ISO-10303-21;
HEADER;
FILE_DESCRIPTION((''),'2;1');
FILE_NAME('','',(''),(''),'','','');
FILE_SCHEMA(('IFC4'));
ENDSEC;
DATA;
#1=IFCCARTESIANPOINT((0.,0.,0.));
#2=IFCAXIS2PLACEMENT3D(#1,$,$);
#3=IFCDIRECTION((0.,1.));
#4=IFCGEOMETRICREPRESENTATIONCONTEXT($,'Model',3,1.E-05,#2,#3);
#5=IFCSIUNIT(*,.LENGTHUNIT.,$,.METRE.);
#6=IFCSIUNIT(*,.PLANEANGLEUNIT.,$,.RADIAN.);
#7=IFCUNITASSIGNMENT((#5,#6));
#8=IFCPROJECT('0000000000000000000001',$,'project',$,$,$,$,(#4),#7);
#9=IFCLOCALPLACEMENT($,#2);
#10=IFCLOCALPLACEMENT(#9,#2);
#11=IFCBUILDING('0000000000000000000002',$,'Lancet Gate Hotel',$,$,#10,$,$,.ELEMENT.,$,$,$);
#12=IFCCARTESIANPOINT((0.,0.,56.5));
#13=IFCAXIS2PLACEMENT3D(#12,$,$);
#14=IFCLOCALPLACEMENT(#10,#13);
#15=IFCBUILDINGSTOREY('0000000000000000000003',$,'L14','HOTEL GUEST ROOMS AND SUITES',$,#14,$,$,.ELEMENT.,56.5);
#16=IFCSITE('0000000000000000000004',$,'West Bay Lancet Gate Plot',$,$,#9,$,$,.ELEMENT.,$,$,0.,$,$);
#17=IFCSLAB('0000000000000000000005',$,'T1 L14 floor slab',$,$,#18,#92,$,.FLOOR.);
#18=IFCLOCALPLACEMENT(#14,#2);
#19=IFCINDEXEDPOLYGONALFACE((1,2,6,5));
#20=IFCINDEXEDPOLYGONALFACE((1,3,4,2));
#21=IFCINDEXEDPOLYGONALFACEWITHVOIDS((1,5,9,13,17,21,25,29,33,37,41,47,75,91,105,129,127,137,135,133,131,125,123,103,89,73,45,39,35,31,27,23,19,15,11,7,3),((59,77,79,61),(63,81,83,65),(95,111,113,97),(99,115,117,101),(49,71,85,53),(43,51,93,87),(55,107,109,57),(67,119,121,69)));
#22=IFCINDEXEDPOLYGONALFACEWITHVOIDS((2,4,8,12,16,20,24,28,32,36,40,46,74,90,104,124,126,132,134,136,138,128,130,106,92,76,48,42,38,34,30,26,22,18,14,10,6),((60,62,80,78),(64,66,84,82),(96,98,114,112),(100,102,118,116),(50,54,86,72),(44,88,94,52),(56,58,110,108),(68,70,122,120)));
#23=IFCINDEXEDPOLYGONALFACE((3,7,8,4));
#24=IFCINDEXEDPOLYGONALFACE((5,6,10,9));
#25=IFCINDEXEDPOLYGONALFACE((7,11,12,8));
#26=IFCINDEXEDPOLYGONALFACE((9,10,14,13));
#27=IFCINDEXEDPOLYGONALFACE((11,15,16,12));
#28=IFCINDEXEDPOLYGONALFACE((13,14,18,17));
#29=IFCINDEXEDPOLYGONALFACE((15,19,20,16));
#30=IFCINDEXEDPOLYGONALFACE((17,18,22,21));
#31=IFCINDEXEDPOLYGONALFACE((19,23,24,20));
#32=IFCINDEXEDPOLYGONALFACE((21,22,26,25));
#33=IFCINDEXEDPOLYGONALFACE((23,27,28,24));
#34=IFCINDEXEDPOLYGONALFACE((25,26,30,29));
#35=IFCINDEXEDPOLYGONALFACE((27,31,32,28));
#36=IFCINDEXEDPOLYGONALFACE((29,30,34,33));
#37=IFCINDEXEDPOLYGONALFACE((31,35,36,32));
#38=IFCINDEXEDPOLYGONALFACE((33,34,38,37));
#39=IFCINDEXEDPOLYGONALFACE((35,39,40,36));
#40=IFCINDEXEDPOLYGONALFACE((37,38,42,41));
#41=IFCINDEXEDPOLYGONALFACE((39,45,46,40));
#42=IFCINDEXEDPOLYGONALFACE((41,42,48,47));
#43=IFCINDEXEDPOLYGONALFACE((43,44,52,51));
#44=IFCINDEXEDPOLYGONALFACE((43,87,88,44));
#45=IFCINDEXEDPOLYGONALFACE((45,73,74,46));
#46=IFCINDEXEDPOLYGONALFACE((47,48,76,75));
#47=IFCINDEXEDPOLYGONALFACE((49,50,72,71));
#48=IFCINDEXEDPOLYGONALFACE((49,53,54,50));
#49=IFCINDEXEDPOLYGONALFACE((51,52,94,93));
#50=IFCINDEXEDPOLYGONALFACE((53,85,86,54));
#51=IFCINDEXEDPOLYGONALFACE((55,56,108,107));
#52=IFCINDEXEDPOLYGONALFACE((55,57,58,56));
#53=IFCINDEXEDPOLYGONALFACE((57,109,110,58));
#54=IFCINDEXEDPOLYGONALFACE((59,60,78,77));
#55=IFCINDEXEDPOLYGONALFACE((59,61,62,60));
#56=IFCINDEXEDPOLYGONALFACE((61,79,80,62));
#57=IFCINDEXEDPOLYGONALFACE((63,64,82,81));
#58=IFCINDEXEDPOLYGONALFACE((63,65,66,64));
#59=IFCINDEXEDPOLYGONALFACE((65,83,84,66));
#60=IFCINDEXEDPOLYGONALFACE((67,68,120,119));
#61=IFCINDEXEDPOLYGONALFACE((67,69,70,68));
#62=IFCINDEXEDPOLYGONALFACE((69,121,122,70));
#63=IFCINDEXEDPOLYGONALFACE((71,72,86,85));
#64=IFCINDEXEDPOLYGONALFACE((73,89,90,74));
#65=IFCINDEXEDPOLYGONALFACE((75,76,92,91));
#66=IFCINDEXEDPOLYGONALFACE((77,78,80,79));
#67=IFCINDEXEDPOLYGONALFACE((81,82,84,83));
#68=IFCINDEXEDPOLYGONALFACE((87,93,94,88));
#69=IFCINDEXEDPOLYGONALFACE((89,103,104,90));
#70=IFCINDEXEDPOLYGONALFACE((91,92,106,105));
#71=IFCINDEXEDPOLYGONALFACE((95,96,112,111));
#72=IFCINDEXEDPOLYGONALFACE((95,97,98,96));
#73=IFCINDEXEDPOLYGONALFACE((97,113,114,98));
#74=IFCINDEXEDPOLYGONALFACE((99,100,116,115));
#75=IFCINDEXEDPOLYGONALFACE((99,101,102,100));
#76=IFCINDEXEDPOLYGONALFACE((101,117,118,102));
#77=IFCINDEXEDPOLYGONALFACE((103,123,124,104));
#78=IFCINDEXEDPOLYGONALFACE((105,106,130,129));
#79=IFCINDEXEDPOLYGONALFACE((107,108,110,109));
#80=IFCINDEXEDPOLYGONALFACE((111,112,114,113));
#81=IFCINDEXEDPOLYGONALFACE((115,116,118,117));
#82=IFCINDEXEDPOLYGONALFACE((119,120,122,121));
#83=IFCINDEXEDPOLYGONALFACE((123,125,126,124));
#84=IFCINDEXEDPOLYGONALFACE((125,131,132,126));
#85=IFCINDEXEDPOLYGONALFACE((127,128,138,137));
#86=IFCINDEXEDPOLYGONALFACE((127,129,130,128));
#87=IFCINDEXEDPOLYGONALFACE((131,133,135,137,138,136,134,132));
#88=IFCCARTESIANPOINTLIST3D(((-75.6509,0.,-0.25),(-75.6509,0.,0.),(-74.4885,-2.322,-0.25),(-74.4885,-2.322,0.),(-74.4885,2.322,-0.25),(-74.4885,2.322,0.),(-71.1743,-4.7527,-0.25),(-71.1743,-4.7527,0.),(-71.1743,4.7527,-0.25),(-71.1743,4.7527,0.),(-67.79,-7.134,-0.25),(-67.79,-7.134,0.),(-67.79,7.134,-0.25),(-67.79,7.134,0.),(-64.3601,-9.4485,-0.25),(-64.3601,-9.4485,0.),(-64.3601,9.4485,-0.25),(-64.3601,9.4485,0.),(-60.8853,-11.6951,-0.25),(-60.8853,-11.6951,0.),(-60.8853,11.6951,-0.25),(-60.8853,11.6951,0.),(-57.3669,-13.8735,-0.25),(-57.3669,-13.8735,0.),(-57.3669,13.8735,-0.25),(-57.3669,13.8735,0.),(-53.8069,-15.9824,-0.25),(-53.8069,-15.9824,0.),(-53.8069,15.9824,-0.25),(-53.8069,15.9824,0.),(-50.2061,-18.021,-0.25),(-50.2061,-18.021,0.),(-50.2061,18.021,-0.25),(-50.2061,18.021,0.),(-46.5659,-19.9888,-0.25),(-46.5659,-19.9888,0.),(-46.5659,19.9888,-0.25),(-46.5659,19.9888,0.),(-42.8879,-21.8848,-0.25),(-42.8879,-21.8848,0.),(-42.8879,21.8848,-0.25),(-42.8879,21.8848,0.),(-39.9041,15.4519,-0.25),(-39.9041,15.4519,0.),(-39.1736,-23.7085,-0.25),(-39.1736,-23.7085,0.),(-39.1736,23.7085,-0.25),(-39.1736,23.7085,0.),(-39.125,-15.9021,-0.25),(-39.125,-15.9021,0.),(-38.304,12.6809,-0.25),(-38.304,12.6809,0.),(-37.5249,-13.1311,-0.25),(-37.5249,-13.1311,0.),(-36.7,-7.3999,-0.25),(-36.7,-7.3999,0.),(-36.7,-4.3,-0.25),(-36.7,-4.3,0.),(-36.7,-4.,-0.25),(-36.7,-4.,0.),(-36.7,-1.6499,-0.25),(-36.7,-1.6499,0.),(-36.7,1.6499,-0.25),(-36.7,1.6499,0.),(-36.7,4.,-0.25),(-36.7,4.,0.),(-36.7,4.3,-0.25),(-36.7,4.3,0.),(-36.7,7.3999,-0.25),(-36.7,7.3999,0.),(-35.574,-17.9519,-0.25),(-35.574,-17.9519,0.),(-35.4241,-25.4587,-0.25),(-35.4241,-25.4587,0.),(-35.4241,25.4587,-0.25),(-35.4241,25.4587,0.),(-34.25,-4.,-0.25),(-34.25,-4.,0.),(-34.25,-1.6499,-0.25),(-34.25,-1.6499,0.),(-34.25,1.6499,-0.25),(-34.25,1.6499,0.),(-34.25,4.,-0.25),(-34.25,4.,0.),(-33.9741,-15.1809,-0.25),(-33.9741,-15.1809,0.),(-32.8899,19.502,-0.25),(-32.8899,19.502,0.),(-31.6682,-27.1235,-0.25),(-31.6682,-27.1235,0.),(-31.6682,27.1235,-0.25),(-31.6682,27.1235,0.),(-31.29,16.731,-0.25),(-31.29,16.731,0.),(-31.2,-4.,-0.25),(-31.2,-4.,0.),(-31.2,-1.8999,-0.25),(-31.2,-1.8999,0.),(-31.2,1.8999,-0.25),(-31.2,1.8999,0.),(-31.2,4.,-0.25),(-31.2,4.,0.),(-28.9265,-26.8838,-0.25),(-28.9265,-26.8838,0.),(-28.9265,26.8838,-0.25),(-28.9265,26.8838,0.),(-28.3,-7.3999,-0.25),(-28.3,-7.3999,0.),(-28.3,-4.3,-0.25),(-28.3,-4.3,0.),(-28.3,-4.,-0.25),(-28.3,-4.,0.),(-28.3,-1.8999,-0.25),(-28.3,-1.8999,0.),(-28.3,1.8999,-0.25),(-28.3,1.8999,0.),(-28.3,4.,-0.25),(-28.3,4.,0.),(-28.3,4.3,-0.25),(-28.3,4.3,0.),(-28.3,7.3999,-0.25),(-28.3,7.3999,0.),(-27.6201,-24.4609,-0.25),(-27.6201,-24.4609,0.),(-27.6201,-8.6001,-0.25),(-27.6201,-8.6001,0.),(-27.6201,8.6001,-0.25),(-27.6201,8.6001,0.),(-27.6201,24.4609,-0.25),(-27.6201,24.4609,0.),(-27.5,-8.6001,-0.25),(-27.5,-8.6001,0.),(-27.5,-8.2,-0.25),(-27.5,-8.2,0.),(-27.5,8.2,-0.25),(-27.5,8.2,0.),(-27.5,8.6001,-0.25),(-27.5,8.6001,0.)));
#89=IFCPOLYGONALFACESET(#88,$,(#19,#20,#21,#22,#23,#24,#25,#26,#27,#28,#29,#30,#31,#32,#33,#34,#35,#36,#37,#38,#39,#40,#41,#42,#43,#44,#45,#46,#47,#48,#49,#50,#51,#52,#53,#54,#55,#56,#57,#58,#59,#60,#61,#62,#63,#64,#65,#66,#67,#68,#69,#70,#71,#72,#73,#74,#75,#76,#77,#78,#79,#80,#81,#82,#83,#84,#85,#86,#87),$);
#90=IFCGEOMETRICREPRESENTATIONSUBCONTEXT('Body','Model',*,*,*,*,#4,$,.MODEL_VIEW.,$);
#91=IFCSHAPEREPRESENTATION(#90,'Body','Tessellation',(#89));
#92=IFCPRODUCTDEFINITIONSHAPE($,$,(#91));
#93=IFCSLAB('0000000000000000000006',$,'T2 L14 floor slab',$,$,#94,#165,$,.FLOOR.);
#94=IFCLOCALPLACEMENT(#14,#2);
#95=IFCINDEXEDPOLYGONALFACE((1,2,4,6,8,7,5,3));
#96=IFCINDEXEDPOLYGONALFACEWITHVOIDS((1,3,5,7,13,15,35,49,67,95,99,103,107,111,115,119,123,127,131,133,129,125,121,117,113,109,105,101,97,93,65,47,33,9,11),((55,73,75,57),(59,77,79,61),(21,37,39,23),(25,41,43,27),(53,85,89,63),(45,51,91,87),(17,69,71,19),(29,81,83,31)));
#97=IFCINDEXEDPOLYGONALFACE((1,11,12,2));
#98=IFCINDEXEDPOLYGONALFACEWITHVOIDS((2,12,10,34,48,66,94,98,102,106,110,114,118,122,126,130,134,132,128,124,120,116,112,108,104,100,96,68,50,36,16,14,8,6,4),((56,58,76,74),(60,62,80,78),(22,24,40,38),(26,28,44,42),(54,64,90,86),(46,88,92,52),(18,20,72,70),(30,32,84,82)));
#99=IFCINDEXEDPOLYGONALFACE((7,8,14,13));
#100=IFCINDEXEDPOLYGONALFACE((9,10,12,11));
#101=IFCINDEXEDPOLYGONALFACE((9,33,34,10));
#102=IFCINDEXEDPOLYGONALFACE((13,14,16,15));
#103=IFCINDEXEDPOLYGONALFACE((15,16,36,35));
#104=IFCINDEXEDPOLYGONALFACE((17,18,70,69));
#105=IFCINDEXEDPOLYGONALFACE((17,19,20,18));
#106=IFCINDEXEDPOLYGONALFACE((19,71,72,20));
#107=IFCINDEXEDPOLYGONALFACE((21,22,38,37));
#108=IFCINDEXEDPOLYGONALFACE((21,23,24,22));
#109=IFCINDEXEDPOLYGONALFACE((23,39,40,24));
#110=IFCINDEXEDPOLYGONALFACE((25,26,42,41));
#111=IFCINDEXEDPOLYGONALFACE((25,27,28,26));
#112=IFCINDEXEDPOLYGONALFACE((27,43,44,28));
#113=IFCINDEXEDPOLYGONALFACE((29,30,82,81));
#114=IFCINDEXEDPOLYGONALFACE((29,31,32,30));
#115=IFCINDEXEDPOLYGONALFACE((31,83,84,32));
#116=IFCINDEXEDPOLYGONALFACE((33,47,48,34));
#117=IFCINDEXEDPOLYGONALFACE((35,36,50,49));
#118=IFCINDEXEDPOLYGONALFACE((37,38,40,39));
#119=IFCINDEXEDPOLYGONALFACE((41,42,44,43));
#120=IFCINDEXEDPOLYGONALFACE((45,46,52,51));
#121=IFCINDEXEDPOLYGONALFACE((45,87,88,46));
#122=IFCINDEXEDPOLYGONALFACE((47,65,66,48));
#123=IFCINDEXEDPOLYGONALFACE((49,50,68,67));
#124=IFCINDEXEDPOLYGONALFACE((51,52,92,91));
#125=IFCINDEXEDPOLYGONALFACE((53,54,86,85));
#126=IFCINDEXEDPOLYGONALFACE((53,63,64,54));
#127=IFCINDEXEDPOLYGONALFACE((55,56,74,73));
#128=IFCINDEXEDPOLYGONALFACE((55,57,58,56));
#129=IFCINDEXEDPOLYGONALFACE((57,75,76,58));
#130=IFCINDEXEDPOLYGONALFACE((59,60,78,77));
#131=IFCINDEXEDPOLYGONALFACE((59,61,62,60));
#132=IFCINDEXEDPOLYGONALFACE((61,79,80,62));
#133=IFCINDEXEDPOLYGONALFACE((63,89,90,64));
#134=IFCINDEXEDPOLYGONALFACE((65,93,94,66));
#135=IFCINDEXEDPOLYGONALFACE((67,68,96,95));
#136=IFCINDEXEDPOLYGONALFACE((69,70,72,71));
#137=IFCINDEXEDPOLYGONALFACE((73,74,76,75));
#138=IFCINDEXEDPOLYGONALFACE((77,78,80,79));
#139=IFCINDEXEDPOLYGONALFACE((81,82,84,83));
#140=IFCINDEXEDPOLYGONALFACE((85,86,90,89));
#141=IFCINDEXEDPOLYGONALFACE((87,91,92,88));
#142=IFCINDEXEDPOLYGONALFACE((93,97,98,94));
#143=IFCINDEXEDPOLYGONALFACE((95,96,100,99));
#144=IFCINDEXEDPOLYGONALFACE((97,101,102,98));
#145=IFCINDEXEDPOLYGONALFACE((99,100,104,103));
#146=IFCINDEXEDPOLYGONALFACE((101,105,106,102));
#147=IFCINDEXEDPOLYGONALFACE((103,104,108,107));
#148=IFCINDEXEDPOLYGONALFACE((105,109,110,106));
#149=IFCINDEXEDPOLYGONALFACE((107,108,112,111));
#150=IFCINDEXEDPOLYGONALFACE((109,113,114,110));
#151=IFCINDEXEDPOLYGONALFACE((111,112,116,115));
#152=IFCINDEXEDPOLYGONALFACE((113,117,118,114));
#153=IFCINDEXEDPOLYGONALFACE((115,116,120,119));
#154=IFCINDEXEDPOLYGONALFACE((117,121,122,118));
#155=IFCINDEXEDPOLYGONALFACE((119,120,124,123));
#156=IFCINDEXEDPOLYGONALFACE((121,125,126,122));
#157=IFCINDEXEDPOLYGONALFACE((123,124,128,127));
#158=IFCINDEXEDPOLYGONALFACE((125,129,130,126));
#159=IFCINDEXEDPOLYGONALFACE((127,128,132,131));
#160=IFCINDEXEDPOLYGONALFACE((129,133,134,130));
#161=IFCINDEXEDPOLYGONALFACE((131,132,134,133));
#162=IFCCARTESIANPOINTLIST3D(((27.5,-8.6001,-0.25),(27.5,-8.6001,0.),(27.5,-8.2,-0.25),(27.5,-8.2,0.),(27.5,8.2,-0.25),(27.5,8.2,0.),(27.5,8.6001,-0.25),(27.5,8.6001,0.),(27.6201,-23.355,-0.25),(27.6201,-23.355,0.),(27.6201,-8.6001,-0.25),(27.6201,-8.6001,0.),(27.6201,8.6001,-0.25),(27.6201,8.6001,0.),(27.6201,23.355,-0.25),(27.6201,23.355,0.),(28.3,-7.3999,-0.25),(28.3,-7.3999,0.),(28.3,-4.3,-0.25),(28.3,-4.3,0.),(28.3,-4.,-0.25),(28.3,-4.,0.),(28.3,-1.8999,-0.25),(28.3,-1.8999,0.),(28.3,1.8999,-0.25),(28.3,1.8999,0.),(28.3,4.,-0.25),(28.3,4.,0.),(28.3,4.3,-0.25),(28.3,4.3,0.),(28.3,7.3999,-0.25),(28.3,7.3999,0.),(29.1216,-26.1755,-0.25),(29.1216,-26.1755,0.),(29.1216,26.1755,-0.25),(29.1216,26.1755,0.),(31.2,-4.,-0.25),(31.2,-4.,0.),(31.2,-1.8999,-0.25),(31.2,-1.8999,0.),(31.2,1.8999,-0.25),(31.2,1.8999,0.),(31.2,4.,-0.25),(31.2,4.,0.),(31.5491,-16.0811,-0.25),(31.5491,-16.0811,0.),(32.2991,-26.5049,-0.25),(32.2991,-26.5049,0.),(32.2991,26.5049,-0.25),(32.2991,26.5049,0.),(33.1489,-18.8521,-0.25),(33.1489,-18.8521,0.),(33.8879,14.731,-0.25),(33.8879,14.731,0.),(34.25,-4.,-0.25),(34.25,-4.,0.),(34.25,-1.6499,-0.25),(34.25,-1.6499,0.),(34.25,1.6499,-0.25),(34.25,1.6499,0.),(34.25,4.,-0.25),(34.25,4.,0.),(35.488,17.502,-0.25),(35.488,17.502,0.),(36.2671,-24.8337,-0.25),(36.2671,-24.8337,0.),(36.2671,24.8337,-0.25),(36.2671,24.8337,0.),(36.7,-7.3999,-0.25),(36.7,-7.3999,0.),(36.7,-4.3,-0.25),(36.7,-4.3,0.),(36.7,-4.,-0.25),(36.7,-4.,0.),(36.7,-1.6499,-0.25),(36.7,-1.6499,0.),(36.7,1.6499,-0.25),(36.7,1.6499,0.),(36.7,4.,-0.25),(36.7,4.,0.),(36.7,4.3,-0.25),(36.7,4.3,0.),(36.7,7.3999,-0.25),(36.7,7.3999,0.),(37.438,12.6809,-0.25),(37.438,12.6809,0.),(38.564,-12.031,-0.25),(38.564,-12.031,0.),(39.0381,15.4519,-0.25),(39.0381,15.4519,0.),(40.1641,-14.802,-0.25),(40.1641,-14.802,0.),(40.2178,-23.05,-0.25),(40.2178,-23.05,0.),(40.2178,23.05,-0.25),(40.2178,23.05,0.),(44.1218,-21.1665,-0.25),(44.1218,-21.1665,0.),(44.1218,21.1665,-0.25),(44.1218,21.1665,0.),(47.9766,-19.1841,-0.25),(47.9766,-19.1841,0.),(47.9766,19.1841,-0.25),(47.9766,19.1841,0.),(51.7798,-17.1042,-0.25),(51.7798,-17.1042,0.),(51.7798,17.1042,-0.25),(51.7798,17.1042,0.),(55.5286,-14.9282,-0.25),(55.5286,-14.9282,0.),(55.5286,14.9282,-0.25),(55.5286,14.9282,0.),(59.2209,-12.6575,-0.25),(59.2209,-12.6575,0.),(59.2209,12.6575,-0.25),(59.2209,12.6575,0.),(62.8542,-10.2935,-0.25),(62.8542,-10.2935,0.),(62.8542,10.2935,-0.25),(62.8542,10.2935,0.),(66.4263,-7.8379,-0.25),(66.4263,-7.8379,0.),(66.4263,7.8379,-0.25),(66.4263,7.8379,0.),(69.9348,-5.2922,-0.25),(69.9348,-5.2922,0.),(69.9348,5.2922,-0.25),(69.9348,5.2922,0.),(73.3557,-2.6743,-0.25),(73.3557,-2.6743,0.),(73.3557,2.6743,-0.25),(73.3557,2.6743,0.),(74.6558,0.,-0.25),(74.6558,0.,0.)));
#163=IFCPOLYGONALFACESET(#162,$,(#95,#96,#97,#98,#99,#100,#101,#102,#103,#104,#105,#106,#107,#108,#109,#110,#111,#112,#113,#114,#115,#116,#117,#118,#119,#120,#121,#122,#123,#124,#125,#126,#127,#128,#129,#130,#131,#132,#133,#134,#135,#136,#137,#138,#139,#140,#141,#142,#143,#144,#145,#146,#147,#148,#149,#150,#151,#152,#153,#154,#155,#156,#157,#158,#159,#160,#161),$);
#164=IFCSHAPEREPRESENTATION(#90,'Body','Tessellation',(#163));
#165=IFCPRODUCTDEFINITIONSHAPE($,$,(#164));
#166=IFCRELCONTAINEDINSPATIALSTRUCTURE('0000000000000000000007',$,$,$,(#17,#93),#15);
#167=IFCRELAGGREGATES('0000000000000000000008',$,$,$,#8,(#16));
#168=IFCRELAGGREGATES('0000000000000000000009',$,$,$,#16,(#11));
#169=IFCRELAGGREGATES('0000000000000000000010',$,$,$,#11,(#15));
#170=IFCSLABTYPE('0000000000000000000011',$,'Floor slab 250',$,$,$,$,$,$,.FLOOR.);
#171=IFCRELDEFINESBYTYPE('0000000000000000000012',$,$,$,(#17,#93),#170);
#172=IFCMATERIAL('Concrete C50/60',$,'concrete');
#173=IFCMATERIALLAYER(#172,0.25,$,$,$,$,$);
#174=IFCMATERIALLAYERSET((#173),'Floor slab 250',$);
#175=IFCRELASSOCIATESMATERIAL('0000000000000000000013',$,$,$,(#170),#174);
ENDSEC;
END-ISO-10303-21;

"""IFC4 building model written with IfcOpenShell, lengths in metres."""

from ifc_helpers import new_model, si_unit, direction, frame, origin, place, context, subcontext, project, spatial, polyline, outline, extrude, material, layer, layer_set, type_object, element, save


model = new_model("IFC4")

# Units and contexts
model_context = context("Model", 3, precision=1e-05, world=origin(), true_north=direction((0.0, 1.0)))
body_context = subcontext(model_context, "Body", "Model", "MODEL_VIEW")
ifc_project = project(units=[si_unit("LENGTHUNIT", "METRE"), si_unit("PLANEANGLEUNIT", "RADIAN")], contexts=[model_context])

# Site, building, storey
site_placement = place(None, origin())
site = spatial("IfcSite", under=ifc_project, at=site_placement, Name="West Bay Lancet Gate Plot", CompositionType="ELEMENT", RefElevation=0.0)
building_placement = place(site_placement, origin())
building = spatial("IfcBuilding", under=site, at=building_placement, Name="Lancet Gate Hotel", CompositionType="ELEMENT")
storey_placement = place(building_placement, frame((0.0, 0.0, 56.5)))
storey = spatial("IfcBuildingStorey", under=building, at=storey_placement, Name="L14", Description="HOTEL GUEST ROOMS AND SUITES", CompositionType="ELEMENT", Elevation=56.5)

# Slabs
ifc_material_1 = material(Name="Concrete C50/60", Category="concrete")
ifc_layer_1 = layer(ifc_material_1, 0.25)
ifc_layer_set_1 = layer_set([ifc_layer_1], Name="Floor slab 250")
slab_type_1 = type_object("IfcSlabType", Name="Floor slab 250", PredefinedType="FLOOR", material=ifc_layer_set_1)
slab_1_placement = place(storey_placement, frame((0.0, 0.0, -0.25)))
element("IfcSlab", 1, at=slab_1_placement, inside=storey, type_object=slab_type_1, Name="T1 L14 floor slab", PredefinedType="FLOOR", context=body_context, shape_type="SweptSolid", body=[
    extrude(outline(polyline([(-27.5, 8.6001), (-27.6201, 8.6001), (-27.6201, 24.4609), (-28.9265, 26.8838), (-31.6682, 27.1235), (-35.4241, 25.4587), (-39.1736, 23.7085), (-42.8879, 21.8848), (-46.5659, 19.9888), (-50.2061, 18.021), (-53.8069, 15.9824), (-57.3669, 13.8735), (-60.8853, 11.6951), (-64.3601, 9.4485), (-67.79, 7.134), (-71.1743, 4.7527), (-74.4885, 2.322), (-75.6509, 0.0), (-74.4885, -2.322), (-71.1743, -4.7527), (-67.79, -7.134), (-64.3601, -9.4485), (-60.8853, -11.6951), (-57.3669, -13.8735), (-53.8069, -15.9824), (-50.2061, -18.021), (-46.5659, -19.9888), (-42.8879, -21.8848), (-39.1736, -23.7085), (-35.4241, -25.4587), (-31.6682, -27.1235), (-28.9265, -26.8838), (-27.6201, -24.4609), (-27.6201, -8.6001), (-27.5, -8.6001), (-27.5, -8.2), (-27.5, 8.2), (-27.5, 8.6001)]), holes=[polyline([(-36.7, 7.3999), (-36.7, 4.3), (-28.3, 4.3), (-28.3, 7.3999), (-36.7, 7.3999)]), polyline([(-28.3, 4.0), (-31.2, 4.0), (-31.2, 1.8999), (-28.3, 1.8999), (-28.3, 4.0)]), polyline([(-34.25, 4.0), (-36.7, 4.0), (-36.7, 1.6499), (-34.25, 1.6499), (-34.25, 4.0)]), polyline([(-36.7, -1.6499), (-36.7, -4.0), (-34.25, -4.0), (-34.25, -1.6499), (-36.7, -1.6499)]), polyline([(-28.3, -1.8999), (-31.2, -1.8999), (-31.2, -4.0), (-28.3, -4.0), (-28.3, -1.8999)]), polyline([(-28.3, -4.3), (-36.7, -4.3), (-36.7, -7.3999), (-28.3, -7.3999), (-28.3, -4.3)]), polyline([(-31.29, 16.731), (-32.8899, 19.502), (-39.9041, 15.4519), (-38.304, 12.6809), (-31.29, 16.731)]), polyline([(-33.9741, -15.1809), (-37.5249, -13.1311), (-39.125, -15.9021), (-35.574, -17.9519), (-33.9741, -15.1809)])]), origin(), (0.0, 0.0, 1.0), 0.25),
])
slab_2_placement = place(storey_placement, frame((0.0, 0.0, -0.25)))
element("IfcSlab", 2, at=slab_2_placement, inside=storey, type_object=slab_type_1, Name="T2 L14 floor slab", PredefinedType="FLOOR", context=body_context, shape_type="SweptSolid", body=[
    extrude(outline(polyline([(27.5, -8.6001), (27.6201, -8.6001), (27.6201, -23.355), (29.1216, -26.1755), (32.2991, -26.5049), (36.2671, -24.8337), (40.2178, -23.05), (44.1218, -21.1665), (47.9766, -19.1841), (51.7798, -17.1042), (55.5286, -14.9282), (59.2209, -12.6575), (62.8542, -10.2935), (66.4263, -7.8379), (69.9348, -5.2922), (73.3557, -2.6743), (74.6558, 0.0), (73.3557, 2.6743), (69.9348, 5.2922), (66.4263, 7.8379), (62.8542, 10.2935), (59.2209, 12.6575), (55.5286, 14.9282), (51.7798, 17.1042), (47.9766, 19.1841), (44.1218, 21.1665), (40.2178, 23.05), (36.2671, 24.8337), (32.2991, 26.5049), (29.1216, 26.1755), (27.6201, 23.355), (27.6201, 8.6001), (27.5, 8.6001), (27.5, 8.2), (27.5, -8.2), (27.5, -8.6001)]), holes=[polyline([(36.7, -7.3999), (36.7, -4.3), (28.3, -4.3), (28.3, -7.3999), (36.7, -7.3999)]), polyline([(28.3, -4.0), (31.2, -4.0), (31.2, -1.8999), (28.3, -1.8999), (28.3, -4.0)]), polyline([(34.25, -4.0), (36.7, -4.0), (36.7, -1.6499), (34.25, -1.6499), (34.25, -4.0)]), polyline([(36.7, 1.6499), (36.7, 4.0), (34.25, 4.0), (34.25, 1.6499), (36.7, 1.6499)]), polyline([(28.3, 1.8999), (31.2, 1.8999), (31.2, 4.0), (28.3, 4.0), (28.3, 1.8999)]), polyline([(28.3, 4.3), (36.7, 4.3), (36.7, 7.3999), (28.3, 7.3999), (28.3, 4.3)]), polyline([(31.5491, -16.0811), (33.1489, -18.8521), (40.1641, -14.802), (38.564, -12.031), (31.5491, -16.0811)]), polyline([(33.8879, 14.731), (37.438, 12.6809), (39.0381, 15.4519), (35.488, 17.502), (33.8879, 14.731)])]), origin(), (0.0, 0.0, 1.0), 0.25),
])

save(model, "model.ifc")
